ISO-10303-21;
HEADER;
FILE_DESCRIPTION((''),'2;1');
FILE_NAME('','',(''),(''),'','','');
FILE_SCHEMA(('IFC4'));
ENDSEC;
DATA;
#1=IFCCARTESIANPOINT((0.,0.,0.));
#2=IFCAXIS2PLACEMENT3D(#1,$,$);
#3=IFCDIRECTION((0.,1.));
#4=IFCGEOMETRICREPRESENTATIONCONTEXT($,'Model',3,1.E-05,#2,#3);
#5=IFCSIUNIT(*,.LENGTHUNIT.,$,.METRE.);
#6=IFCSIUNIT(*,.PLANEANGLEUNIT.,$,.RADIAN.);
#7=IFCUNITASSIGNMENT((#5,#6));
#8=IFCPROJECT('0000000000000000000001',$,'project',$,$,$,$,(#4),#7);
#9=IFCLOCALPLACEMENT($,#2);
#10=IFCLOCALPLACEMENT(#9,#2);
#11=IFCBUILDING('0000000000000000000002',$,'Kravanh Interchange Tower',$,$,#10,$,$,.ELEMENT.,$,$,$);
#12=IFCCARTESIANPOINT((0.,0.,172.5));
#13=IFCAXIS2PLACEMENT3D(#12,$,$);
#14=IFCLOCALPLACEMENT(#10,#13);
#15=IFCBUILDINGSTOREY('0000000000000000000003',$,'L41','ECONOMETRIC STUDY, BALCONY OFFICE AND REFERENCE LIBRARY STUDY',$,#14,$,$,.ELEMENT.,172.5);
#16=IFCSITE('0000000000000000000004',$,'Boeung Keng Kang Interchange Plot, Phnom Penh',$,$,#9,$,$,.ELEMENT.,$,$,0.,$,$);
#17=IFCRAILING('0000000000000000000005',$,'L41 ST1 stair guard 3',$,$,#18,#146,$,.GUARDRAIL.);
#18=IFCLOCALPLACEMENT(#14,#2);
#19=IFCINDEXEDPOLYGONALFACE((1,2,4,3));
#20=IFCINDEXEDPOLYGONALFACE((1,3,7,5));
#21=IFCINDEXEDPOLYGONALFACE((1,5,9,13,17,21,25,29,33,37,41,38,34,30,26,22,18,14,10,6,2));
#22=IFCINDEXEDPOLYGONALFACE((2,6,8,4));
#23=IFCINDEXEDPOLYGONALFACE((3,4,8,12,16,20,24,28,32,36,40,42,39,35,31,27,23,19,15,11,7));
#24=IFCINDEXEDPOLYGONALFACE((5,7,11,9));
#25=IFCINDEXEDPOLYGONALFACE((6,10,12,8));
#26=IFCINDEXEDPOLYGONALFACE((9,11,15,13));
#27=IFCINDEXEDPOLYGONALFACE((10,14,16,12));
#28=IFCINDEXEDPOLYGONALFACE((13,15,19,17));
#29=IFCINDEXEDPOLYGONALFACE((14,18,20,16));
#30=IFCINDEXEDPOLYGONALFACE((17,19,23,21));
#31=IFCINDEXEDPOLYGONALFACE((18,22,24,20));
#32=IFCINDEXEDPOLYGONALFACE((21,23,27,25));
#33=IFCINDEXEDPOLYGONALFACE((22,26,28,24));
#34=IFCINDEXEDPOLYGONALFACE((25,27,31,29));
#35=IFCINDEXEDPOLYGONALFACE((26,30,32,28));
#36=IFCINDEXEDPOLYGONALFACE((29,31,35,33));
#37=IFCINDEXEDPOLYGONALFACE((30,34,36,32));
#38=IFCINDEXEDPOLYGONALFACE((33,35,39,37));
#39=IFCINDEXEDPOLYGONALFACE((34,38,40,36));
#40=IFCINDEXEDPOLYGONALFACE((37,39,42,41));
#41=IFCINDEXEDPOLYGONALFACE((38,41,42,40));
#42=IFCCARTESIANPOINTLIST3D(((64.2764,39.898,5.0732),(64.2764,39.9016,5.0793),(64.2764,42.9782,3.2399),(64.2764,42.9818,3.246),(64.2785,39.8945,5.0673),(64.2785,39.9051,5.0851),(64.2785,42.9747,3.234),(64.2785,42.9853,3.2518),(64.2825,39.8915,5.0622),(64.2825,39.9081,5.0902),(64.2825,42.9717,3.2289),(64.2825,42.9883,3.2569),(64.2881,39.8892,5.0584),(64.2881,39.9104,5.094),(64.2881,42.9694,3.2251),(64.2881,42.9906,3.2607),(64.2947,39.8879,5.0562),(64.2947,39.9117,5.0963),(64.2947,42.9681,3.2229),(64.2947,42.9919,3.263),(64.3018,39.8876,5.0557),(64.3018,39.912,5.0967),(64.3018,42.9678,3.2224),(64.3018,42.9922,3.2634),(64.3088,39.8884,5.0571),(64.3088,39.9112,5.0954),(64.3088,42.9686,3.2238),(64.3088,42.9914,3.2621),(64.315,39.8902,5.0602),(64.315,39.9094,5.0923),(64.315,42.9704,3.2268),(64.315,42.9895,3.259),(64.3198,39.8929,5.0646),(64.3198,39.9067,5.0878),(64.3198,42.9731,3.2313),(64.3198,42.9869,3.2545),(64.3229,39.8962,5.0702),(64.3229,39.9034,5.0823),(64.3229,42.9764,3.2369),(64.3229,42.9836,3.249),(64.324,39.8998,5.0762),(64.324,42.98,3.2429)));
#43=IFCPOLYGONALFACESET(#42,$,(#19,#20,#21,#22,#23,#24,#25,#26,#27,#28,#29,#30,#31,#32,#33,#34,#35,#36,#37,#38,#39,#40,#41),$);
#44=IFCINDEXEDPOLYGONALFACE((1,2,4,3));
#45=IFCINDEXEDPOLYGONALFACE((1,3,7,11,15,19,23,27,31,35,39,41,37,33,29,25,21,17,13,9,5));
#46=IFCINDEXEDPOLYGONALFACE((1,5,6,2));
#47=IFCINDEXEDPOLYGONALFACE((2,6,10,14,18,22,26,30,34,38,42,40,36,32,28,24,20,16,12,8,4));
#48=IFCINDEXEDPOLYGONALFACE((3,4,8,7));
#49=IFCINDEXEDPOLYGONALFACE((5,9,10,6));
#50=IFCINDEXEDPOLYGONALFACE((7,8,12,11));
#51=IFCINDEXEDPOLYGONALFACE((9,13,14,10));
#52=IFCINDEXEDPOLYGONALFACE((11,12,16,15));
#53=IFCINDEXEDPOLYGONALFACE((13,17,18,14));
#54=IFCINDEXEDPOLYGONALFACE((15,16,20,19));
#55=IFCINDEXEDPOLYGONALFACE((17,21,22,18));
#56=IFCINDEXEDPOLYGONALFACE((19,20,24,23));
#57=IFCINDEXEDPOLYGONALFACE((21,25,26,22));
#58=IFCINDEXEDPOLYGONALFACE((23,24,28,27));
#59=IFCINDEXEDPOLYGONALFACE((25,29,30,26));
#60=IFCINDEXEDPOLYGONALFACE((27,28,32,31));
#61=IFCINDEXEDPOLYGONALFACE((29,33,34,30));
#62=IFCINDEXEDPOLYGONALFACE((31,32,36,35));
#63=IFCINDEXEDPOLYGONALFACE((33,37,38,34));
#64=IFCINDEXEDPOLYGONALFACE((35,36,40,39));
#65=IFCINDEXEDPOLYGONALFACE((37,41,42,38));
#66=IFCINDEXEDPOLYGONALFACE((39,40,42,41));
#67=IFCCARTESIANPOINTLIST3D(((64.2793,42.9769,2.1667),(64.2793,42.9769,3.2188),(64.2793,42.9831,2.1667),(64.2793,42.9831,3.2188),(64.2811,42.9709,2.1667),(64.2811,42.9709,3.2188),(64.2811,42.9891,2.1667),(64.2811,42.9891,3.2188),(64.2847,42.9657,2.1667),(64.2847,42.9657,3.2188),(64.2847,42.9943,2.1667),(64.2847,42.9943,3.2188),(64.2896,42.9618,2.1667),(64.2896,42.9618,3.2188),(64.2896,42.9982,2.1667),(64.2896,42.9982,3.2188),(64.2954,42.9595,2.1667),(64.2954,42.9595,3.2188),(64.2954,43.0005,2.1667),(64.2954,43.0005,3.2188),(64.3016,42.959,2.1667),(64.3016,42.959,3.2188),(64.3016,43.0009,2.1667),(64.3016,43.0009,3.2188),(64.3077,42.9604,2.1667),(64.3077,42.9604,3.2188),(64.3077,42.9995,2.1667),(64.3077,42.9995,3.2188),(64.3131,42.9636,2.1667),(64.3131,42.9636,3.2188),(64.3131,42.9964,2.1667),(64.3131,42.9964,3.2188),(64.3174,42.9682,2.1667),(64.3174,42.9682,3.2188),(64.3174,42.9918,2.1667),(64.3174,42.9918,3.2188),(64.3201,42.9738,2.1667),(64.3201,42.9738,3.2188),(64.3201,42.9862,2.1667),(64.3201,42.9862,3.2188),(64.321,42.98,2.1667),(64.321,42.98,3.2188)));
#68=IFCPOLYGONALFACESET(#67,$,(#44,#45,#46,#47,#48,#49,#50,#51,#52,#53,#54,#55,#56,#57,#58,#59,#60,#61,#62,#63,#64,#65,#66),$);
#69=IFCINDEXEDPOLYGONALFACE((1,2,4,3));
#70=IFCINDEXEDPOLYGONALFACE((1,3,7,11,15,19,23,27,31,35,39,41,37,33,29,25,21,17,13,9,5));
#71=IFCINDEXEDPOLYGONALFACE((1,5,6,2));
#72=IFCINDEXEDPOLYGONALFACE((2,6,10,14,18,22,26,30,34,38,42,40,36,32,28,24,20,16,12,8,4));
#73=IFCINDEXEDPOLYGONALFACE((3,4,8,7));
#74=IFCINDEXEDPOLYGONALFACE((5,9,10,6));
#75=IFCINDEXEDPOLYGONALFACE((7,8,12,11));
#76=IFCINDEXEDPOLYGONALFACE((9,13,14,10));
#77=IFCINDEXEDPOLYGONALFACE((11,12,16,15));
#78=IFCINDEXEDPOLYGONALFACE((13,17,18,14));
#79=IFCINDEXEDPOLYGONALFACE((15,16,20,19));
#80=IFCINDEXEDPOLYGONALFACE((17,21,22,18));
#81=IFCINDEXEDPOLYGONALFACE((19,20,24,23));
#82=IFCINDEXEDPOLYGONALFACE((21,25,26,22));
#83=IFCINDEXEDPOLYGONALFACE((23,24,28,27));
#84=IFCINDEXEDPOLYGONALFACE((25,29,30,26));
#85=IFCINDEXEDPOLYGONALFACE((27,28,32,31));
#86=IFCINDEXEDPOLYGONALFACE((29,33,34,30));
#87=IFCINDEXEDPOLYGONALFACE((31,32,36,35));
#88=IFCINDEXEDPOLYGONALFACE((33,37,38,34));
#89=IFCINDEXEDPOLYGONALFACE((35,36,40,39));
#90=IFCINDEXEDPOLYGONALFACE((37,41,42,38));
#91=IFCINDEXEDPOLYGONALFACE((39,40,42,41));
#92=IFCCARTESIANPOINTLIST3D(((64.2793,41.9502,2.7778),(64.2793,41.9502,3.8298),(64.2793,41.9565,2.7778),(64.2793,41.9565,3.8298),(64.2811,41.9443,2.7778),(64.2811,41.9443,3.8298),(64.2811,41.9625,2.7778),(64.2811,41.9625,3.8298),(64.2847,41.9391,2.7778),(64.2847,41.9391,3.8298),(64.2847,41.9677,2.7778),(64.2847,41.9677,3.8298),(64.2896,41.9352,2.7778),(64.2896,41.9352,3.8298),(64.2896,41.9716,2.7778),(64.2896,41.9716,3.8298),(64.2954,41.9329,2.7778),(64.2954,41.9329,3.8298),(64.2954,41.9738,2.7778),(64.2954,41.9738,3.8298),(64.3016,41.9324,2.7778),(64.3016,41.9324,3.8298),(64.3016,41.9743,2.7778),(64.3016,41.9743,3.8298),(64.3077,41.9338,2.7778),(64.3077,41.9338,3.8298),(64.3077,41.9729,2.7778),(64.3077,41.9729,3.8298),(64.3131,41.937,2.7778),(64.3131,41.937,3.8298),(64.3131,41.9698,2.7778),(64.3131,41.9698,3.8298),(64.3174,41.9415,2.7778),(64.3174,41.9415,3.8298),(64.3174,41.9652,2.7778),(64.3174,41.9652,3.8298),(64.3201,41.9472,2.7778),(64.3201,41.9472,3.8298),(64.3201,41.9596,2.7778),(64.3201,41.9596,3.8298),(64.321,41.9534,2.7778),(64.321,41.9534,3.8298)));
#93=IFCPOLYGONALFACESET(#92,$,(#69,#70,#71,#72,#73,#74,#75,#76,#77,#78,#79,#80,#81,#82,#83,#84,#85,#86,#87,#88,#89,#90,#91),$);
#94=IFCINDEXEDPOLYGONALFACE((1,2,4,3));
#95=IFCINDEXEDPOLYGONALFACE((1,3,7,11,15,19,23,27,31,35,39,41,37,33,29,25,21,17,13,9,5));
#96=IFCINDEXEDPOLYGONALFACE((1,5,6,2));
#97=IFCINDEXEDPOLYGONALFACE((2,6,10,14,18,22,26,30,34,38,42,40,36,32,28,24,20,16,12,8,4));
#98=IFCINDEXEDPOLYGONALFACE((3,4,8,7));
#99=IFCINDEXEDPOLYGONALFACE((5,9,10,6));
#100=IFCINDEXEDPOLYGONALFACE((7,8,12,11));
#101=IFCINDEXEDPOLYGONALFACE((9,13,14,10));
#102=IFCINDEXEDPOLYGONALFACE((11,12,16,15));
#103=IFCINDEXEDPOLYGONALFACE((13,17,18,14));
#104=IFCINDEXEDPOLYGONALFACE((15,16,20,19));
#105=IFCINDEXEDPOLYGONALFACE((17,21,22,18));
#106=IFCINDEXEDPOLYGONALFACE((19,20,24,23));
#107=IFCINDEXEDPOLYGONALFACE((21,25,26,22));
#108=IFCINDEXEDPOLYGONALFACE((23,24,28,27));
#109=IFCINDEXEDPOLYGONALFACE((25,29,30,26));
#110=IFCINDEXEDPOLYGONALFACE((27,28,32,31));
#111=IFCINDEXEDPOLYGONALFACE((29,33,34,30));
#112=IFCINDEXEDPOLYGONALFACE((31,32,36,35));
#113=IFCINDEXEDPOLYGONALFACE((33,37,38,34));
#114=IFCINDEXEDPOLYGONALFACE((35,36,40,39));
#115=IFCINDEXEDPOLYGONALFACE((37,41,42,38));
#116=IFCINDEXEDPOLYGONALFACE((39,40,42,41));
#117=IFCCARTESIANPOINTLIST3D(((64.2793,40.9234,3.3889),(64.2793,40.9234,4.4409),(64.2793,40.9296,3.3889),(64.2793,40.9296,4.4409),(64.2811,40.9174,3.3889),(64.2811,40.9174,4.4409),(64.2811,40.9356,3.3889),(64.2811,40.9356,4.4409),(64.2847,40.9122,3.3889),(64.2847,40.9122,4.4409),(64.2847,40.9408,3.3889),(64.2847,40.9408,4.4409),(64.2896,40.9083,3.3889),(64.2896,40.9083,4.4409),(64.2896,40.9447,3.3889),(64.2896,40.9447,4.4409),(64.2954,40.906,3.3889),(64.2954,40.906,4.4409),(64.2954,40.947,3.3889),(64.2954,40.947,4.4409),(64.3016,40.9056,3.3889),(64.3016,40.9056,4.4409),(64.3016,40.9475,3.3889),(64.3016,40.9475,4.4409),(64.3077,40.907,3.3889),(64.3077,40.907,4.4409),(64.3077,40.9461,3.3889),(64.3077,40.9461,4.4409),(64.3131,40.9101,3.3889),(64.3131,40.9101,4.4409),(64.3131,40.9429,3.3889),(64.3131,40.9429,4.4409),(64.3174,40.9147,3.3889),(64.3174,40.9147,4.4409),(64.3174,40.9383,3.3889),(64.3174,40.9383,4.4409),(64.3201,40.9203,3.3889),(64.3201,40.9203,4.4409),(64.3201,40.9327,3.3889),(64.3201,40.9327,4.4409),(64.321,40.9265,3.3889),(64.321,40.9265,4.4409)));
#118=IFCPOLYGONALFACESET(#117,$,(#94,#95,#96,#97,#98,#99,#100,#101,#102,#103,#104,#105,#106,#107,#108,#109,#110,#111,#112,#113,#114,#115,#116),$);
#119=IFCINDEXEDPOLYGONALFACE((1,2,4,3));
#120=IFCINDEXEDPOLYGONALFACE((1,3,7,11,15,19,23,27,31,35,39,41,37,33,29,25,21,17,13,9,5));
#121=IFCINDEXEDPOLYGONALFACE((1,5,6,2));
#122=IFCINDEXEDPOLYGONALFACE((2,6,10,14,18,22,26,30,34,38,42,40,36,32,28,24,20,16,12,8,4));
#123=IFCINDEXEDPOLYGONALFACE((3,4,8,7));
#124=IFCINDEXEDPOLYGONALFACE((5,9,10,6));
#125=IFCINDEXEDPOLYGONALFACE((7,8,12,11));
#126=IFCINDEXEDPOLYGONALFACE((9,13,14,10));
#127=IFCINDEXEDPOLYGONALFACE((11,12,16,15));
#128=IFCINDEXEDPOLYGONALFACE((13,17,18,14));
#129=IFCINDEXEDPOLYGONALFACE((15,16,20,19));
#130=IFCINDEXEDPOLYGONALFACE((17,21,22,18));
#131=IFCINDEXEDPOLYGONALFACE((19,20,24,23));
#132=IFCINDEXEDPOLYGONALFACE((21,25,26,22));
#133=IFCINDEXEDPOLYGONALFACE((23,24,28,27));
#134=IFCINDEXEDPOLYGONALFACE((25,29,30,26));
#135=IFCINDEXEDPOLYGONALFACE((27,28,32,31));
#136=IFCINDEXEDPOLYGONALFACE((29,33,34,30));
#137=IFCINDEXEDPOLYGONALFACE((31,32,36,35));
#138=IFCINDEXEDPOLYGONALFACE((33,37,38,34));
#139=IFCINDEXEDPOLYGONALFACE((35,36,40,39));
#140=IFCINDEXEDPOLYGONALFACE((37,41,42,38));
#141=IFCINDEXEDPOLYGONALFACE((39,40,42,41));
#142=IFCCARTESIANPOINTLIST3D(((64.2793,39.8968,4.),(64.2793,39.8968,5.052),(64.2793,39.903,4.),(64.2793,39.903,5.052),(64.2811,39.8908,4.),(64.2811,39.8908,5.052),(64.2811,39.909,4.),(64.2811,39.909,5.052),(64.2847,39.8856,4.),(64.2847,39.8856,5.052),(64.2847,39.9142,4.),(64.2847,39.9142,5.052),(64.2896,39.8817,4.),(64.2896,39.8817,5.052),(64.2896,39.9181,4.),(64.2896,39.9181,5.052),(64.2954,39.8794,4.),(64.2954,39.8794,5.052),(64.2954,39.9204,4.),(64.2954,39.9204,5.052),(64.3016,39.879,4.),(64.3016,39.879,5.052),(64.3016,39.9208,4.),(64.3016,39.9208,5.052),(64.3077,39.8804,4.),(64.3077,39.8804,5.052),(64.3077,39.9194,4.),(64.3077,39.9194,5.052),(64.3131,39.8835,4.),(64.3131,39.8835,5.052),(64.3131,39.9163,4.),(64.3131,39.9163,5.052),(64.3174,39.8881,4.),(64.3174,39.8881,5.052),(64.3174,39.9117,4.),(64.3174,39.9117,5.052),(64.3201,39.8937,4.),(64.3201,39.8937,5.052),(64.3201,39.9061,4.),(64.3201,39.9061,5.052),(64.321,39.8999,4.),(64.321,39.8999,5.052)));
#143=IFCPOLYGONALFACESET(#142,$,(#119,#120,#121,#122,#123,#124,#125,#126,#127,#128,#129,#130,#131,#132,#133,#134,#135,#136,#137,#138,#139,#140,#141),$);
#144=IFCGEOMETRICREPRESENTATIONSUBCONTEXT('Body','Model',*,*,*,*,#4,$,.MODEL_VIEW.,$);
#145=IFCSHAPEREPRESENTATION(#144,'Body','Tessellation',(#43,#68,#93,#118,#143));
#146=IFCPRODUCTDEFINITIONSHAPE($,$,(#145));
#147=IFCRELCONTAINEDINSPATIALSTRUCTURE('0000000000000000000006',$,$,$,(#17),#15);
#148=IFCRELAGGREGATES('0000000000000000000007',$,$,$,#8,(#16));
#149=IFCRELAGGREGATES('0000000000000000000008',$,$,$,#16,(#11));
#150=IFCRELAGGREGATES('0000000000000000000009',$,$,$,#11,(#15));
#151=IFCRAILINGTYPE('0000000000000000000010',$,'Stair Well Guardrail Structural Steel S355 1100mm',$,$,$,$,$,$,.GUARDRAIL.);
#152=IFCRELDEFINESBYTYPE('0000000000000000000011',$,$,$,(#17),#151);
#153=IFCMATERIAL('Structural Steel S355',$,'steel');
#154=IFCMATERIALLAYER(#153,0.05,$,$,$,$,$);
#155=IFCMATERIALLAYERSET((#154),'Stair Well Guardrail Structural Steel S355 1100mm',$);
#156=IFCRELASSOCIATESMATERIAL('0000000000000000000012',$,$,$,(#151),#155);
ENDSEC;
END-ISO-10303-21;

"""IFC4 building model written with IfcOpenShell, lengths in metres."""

from ifc_helpers import new_model, si_unit, direction, frame, origin, origin_2d, place, context, subcontext, project, spatial, circle, extrude, material, layer, layer_set, type_object, element, save


model = new_model("IFC4")

# Units and contexts
model_context = context("Model", 3, precision=1e-05, world=origin(), true_north=direction((0.0, 1.0)))
body_context = subcontext(model_context, "Body", "Model", "MODEL_VIEW")
ifc_project = project(units=[si_unit("LENGTHUNIT", "METRE"), si_unit("PLANEANGLEUNIT", "RADIAN")], contexts=[model_context])

# Site, building, storey
site_placement = place(None, origin())
site = spatial("IfcSite", under=ifc_project, at=site_placement, Name="Boeung Keng Kang Interchange Plot, Phnom Penh", CompositionType="ELEMENT", RefElevation=0.0)
building_placement = place(site_placement, origin())
building = spatial("IfcBuilding", under=site, at=building_placement, Name="Kravanh Interchange Tower", CompositionType="ELEMENT")
storey_placement = place(building_placement, frame((0.0, 0.0, 172.5)))
storey = spatial("IfcBuildingStorey", under=building, at=storey_placement, Name="L41", Description="ECONOMETRIC STUDY, BALCONY OFFICE AND REFERENCE LIBRARY STUDY", CompositionType="ELEMENT", Elevation=172.5)

# Railing
ifc_material_1 = material(Name="Structural Steel S355", Category="steel")
ifc_layer_1 = layer(ifc_material_1, 0.05)
ifc_layer_set_1 = layer_set([ifc_layer_1], Name="Stair Well Guardrail Structural Steel S355 1100mm")
railing_type_1 = type_object("IfcRailingType", Name="Stair Well Guardrail Structural Steel S355 1100mm", PredefinedType="GUARDRAIL", material=ifc_layer_set_1)
railing_1_placement = place(storey_placement, frame((64.3, 42.98, 2.1667)))
element("IfcRailing", 1, at=railing_1_placement, inside=storey, type_object=railing_type_1, Name="L41 ST1 stair guard 3", PredefinedType="GUARDRAIL", context=body_context, shape_type="SweptSolid", body=[
    extrude(circle(Radius=0.0239, at=origin_2d()), frame((0.0, 0.0, 1.0762), z_axis=(0.0, -0.859309, 0.511458), x_axis=(1.0, 0.0, 0.0)), (0.0, 0.0, 1.0), 3.5845),
    extrude(circle(Radius=0.021, at=origin_2d()), origin(), (0.0, 0.0, 1.0), 1.052),
    extrude(circle(Radius=0.021, at=origin_2d()), frame((0.0, -1.0266, 0.6111)), (0.0, 0.0, 1.0), 1.052),
    extrude(circle(Radius=0.021, at=origin_2d()), frame((0.0, -2.0535, 1.2222)), (0.0, 0.0, 1.0), 1.052),
    extrude(circle(Radius=0.021, at=origin_2d()), frame((0.0, -3.0801, 1.8333)), (0.0, 0.0, 1.0), 1.052),
])

save(model, "model.ifc")
